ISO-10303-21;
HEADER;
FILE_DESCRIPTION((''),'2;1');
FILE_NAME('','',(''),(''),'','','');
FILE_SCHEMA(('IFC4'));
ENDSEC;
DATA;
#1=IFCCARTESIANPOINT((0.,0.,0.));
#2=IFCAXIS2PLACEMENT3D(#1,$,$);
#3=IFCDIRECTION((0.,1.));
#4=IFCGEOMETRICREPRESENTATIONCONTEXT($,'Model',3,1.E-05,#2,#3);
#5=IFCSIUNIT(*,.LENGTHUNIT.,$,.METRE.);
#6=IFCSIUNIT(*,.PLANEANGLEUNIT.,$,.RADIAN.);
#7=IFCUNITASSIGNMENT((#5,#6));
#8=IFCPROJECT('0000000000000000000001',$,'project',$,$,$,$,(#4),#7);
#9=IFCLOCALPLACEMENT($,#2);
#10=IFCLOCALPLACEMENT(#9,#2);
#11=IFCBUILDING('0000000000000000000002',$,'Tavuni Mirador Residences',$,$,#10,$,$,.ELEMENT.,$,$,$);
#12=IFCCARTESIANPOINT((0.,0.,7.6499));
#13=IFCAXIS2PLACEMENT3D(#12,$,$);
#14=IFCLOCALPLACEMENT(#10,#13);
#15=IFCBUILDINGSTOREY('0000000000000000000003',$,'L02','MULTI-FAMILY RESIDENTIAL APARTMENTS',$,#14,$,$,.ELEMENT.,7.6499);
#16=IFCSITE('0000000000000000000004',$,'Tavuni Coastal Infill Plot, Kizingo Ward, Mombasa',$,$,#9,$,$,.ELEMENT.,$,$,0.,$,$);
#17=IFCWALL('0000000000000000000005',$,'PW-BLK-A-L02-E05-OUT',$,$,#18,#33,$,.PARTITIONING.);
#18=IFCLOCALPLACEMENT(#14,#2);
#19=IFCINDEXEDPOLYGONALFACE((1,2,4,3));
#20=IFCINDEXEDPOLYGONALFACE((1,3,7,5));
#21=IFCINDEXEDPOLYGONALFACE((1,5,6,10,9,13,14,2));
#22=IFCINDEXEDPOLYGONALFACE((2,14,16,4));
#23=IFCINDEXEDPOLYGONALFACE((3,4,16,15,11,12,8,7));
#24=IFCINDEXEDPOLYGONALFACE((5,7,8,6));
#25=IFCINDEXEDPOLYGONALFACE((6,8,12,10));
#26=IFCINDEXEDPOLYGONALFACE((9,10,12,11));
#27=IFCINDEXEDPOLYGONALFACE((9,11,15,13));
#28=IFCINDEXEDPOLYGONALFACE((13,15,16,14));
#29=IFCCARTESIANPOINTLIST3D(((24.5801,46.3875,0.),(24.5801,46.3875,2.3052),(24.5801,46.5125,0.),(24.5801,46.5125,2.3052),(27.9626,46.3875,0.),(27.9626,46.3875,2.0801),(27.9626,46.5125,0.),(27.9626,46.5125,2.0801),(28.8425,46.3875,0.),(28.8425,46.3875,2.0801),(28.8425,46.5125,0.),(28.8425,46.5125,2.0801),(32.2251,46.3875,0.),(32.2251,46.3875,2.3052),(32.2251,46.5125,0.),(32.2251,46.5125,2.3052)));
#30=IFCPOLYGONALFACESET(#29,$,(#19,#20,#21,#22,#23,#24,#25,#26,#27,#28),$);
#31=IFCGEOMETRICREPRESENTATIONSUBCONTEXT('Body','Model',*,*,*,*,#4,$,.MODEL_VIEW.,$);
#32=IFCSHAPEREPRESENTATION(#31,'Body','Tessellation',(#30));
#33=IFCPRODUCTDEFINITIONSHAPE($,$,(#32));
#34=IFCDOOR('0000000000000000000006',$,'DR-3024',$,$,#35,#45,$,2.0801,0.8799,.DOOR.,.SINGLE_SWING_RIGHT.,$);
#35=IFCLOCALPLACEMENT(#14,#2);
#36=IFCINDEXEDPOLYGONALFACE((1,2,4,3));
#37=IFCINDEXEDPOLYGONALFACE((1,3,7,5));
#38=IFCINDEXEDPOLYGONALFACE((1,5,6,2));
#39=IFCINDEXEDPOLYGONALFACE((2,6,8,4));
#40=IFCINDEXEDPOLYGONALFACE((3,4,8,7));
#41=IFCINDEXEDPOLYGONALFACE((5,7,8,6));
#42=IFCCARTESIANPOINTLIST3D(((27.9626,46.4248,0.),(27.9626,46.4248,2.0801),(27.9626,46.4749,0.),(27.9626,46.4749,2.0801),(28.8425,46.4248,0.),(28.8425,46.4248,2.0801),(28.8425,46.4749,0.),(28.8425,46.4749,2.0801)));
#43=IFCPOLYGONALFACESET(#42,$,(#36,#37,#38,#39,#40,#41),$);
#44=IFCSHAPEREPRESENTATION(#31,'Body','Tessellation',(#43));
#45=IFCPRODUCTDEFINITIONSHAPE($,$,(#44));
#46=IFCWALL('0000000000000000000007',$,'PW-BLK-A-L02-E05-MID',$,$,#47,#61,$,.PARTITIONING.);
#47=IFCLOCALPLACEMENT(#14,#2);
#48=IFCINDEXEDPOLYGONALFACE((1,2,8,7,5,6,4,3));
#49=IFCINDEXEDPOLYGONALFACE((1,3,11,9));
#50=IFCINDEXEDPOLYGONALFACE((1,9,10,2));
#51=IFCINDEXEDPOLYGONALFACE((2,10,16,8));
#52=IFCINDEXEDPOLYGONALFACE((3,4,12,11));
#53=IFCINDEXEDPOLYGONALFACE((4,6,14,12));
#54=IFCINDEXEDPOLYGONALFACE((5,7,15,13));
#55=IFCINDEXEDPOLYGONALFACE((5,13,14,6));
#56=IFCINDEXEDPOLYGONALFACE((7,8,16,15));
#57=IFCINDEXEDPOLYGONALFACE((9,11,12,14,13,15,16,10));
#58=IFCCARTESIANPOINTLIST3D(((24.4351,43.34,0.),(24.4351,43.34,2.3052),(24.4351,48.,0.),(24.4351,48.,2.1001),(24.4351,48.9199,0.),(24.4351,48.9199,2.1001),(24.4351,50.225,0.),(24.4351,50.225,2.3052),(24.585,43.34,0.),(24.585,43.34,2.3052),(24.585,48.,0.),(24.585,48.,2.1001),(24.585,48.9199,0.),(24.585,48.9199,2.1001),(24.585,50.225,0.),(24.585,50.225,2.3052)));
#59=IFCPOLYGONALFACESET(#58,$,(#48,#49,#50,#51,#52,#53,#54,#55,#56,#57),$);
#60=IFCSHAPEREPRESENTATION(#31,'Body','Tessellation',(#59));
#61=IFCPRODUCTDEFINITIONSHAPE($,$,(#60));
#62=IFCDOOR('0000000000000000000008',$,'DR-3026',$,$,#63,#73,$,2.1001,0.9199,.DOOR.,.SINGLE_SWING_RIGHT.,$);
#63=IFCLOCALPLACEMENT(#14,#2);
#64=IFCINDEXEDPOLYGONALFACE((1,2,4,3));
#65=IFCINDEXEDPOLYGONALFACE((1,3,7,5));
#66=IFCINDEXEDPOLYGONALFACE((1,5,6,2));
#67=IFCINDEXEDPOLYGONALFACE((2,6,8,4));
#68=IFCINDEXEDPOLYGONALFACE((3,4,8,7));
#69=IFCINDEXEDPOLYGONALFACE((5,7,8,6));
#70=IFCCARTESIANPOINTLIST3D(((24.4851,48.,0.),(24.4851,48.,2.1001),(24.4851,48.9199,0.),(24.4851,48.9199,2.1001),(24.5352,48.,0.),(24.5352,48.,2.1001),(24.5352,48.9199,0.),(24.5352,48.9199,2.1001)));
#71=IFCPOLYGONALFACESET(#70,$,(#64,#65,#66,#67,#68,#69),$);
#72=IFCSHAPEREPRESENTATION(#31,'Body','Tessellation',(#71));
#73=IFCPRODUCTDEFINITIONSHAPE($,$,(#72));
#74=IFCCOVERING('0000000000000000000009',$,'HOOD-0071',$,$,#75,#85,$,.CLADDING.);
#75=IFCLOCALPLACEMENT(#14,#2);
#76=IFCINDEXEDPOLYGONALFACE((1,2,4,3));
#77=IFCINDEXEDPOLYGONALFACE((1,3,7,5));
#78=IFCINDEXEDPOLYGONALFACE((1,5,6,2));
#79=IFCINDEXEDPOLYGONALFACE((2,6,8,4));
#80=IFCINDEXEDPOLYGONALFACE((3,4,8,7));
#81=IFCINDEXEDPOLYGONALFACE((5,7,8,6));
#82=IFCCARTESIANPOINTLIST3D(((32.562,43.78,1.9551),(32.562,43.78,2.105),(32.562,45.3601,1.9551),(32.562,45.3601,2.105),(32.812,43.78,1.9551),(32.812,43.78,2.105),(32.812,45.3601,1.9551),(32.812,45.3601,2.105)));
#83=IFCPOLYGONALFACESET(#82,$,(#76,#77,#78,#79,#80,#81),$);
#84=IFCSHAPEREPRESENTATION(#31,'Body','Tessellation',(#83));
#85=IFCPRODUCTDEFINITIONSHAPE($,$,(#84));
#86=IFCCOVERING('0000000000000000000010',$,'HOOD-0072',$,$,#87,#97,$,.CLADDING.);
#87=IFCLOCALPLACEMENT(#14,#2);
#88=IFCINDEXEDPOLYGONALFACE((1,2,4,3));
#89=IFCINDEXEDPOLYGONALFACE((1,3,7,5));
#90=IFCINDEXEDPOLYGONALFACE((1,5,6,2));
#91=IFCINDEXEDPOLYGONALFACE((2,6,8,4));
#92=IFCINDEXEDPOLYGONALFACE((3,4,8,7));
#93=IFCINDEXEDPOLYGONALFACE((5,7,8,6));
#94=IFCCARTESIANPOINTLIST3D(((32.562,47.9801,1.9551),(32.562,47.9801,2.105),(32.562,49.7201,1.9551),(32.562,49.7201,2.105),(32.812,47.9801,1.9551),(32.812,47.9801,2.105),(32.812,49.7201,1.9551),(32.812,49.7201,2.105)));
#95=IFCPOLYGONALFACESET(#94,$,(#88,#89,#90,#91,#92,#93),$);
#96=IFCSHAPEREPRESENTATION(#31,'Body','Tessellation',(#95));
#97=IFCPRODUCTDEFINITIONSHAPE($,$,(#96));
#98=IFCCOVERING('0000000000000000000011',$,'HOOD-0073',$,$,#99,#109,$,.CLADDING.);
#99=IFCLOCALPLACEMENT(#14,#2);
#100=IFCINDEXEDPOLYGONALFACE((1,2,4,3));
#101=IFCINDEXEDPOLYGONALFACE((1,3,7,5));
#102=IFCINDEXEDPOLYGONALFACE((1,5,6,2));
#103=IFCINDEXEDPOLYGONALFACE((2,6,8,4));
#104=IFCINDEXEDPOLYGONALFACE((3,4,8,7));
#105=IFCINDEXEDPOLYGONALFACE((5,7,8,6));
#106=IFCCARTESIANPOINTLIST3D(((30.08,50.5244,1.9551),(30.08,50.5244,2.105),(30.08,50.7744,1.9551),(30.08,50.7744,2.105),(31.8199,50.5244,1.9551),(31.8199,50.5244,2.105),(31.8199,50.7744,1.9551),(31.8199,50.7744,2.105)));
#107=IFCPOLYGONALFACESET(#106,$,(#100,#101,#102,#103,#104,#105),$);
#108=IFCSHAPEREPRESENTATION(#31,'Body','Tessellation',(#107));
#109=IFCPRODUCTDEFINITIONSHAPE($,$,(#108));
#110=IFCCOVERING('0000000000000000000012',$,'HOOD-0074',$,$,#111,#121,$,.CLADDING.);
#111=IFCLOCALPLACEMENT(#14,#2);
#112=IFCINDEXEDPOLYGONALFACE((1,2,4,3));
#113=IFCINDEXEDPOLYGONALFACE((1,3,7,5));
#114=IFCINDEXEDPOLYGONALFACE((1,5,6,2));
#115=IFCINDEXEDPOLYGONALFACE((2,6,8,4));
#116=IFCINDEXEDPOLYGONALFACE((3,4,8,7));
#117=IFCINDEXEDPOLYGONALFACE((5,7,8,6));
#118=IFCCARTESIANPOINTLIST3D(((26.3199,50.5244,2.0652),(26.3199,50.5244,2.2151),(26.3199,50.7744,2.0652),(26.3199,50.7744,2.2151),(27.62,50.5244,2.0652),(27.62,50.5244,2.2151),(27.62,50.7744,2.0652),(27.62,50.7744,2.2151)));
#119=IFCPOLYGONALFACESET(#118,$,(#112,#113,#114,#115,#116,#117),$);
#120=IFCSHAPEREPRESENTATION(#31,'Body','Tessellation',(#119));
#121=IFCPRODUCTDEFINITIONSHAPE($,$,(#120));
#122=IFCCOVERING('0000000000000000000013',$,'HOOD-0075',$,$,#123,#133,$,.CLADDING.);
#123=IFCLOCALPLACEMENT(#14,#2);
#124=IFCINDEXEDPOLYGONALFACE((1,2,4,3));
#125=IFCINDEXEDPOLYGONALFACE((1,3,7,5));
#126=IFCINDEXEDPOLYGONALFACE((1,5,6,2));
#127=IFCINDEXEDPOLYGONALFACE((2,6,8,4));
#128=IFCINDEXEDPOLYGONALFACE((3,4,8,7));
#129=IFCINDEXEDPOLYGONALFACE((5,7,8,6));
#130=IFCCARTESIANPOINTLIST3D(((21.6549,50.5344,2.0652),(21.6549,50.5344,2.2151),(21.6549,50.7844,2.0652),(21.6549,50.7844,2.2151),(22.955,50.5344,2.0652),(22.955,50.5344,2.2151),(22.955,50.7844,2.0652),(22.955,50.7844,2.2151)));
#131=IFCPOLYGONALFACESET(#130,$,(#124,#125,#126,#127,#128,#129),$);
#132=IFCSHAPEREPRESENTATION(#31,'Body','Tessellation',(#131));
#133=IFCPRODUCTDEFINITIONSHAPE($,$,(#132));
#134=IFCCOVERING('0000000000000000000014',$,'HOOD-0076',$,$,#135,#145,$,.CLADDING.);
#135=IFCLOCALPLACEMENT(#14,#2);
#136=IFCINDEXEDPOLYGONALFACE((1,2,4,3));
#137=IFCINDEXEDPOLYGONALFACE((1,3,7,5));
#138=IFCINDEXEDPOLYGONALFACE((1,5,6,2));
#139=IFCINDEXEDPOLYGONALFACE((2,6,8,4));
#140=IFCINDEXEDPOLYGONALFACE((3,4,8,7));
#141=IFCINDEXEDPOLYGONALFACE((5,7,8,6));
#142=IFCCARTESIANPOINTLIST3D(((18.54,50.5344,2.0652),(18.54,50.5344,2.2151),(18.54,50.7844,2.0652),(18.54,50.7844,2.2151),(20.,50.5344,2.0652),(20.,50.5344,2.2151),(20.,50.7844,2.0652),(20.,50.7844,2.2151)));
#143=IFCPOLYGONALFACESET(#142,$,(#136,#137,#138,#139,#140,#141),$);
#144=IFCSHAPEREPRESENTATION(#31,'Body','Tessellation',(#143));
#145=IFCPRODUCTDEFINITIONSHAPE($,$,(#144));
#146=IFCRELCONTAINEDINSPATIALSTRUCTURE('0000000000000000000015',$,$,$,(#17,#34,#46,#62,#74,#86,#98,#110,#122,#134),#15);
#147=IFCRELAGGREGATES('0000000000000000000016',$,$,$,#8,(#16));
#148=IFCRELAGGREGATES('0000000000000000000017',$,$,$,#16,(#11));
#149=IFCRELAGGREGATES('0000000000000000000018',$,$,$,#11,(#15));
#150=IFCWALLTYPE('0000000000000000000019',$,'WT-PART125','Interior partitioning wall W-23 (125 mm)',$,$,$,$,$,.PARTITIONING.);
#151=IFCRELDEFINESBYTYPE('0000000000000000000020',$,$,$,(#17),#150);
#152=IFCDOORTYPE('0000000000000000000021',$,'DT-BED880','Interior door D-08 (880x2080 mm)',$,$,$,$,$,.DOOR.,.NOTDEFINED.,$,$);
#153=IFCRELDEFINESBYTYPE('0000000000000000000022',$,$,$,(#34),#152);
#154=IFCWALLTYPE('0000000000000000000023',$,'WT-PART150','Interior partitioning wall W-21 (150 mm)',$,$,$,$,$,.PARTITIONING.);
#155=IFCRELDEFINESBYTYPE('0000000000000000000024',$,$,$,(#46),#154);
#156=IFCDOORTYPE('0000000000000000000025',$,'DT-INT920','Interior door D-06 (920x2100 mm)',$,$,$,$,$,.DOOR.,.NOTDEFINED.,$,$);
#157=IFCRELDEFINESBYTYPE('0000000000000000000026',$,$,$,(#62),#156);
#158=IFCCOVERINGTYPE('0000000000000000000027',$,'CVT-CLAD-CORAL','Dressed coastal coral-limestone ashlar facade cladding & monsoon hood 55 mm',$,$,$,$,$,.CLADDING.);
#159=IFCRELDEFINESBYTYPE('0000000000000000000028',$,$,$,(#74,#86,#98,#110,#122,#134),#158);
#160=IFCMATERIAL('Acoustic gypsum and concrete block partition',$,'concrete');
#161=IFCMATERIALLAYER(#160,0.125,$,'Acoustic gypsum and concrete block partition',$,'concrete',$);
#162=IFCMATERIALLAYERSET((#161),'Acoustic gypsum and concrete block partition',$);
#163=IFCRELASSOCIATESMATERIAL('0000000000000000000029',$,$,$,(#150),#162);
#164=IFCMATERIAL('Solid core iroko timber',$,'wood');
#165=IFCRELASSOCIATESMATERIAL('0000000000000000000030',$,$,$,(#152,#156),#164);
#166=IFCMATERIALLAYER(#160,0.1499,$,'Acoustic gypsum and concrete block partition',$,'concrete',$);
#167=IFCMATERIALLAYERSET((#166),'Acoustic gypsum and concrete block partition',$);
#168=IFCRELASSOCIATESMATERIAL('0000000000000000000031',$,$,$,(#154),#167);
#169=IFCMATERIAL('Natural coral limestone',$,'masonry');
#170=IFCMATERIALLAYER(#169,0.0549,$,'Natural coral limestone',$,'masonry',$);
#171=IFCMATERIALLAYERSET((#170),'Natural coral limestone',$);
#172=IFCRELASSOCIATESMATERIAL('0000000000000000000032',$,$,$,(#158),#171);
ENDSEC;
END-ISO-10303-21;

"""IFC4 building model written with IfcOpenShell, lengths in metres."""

from ifc_helpers import new_model, si_unit, direction, frame, frame_2d, origin, origin_2d, place, context, subcontext, project, spatial, rectangle, extrude, material, layer, layer_set, type_object, element, fill, save


model = new_model("IFC4")

# Units and contexts
model_context = context("Model", 3, precision=1e-05, world=origin(), true_north=direction((0.0, 1.0)))
body_context = subcontext(model_context, "Body", "Model", "MODEL_VIEW")
ifc_project = project(units=[si_unit("LENGTHUNIT", "METRE"), si_unit("PLANEANGLEUNIT", "RADIAN")], contexts=[model_context])

# Site, building, storey
site_placement = place(None, origin())
site = spatial("IfcSite", under=ifc_project, at=site_placement, Name="Tavuni Coastal Infill Plot, Kizingo Ward, Mombasa", CompositionType="ELEMENT", RefElevation=0.0)
building_placement = place(site_placement, origin())
building = spatial("IfcBuilding", under=site, at=building_placement, Name="Tavuni Mirador Residences", CompositionType="ELEMENT")
storey_placement = place(building_placement, frame((0.0, 0.0, 7.6499)))
storey = spatial("IfcBuildingStorey", under=building, at=storey_placement, Name="L02", Description="MULTI-FAMILY RESIDENTIAL APARTMENTS", CompositionType="ELEMENT", Elevation=7.6499)

# Shared definitions
ifc_material_1 = material(Name="Solid core iroko timber", Category="wood")

# Walls, openings, doors
ifc_material_2 = material(Name="Acoustic gypsum and concrete block partition", Category="concrete")
ifc_layer_1 = layer(ifc_material_2, 0.125, Name="Acoustic gypsum and concrete block partition", Category="concrete")
ifc_layer_set_1 = layer_set([ifc_layer_1], Name="Acoustic gypsum and concrete block partition")
wall_type_1 = type_object("IfcWallType", Name="WT-PART125", Description="Interior partitioning wall W-23 (125 mm)", PredefinedType="PARTITIONING", material=ifc_layer_set_1)
wall_1_placement = place(storey_placement, frame((24.5801, 46.45, 0.0), z_axis=(0.0, 0.0, 1.0), x_axis=(1.0, 0.0, 0.0)))
wall_1 = element("IfcWall", 1, at=wall_1_placement, inside=storey, type_object=wall_type_1, Name="PW-BLK-A-L02-E05-OUT", PredefinedType="PARTITIONING", context=body_context, shape_type="SweptSolid", body=[
    extrude(rectangle(XDim=7.645, YDim=0.125, at=frame_2d((3.8225, 0.0))), origin(), (0.0, 0.0, 1.0), 2.3052),
])
opening_1_placement = place(wall_1_placement, frame((3.3826, 0.0, 0.0)))
opening_1 = element("IfcOpeningElement", 2, at=opening_1_placement, cuts=wall_1, PredefinedType="OPENING", context=body_context, shape_type="SweptSolid", body=[
    extrude(rectangle(XDim=0.8799, YDim=2.0801, at=frame_2d((0.4399, 1.04))), frame((0.0, 0.0725, 0.0), z_axis=(0.0, -1.0, 0.0), x_axis=(1.0, 0.0, 0.0)), (0.0, 0.0, 1.0), 0.145),
])
door_type_1 = type_object("IfcDoorType", Name="DT-BED880", Description="Interior door D-08 (880x2080 mm)", OperationType="NOTDEFINED", PredefinedType="DOOR", material=ifc_material_1)
door_1_placement = place(opening_1_placement, origin())
door_1 = element("IfcDoor", 3, at=door_1_placement, inside=storey, type_object=door_type_1, Name="DR-3024", OperationType="SINGLE_SWING_RIGHT", OverallHeight=2.0801, OverallWidth=0.8799, PredefinedType="DOOR", context=body_context, shape_type="SweptSolid", body=[
    extrude(rectangle(XDim=0.8799, YDim=2.0801, at=frame_2d((0.4399, 1.04))), frame((0.0, 0.0249, 0.0), z_axis=(0.0, -1.0, 0.0), x_axis=(1.0, 0.0, 0.0)), (0.0, 0.0, 1.0), 0.05),
])
fill(opening_1, door_1)
ifc_layer_2 = layer(ifc_material_2, 0.1499, Name="Acoustic gypsum and concrete block partition", Category="concrete")
ifc_layer_set_2 = layer_set([ifc_layer_2], Name="Acoustic gypsum and concrete block partition")
wall_type_2 = type_object("IfcWallType", Name="WT-PART150", Description="Interior partitioning wall W-21 (150 mm)", PredefinedType="PARTITIONING", material=ifc_layer_set_2)
wall_2_placement = place(storey_placement, frame((24.51, 43.3401, 0.0), z_axis=(0.0, 0.0, 1.0), x_axis=(0.0, 1.0, 0.0)))
wall_2 = element("IfcWall", 4, at=wall_2_placement, inside=storey, type_object=wall_type_2, Name="PW-BLK-A-L02-E05-MID", PredefinedType="PARTITIONING", context=body_context, shape_type="SweptSolid", body=[
    extrude(rectangle(XDim=6.885, YDim=0.1499, at=frame_2d((3.4424, 0.0))), origin(), (0.0, 0.0, 1.0), 2.3052),
])
opening_2_placement = place(wall_2_placement, frame((4.6599, 0.0, 0.0)))
opening_2 = element("IfcOpeningElement", 5, at=opening_2_placement, cuts=wall_2, PredefinedType="OPENING", context=body_context, shape_type="SweptSolid", body=[
    extrude(rectangle(XDim=0.9199, YDim=2.1001, at=frame_2d((0.46, 1.05))), frame((0.0, 0.085, 0.0), z_axis=(0.0, -1.0, 0.0), x_axis=(1.0, 0.0, 0.0)), (0.0, 0.0, 1.0), 0.1699),
])
door_type_2 = type_object("IfcDoorType", Name="DT-INT920", Description="Interior door D-06 (920x2100 mm)", OperationType="NOTDEFINED", PredefinedType="DOOR", material=ifc_material_1)
door_2_placement = place(opening_2_placement, origin())
door_2 = element("IfcDoor", 6, at=door_2_placement, inside=storey, type_object=door_type_2, Name="DR-3026", OperationType="SINGLE_SWING_RIGHT", OverallHeight=2.1001, OverallWidth=0.9199, PredefinedType="DOOR", context=body_context, shape_type="SweptSolid", body=[
    extrude(rectangle(XDim=0.9199, YDim=2.1001, at=frame_2d((0.46, 1.05))), frame((0.0, 0.0249, 0.0), z_axis=(0.0, -1.0, 0.0), x_axis=(1.0, 0.0, 0.0)), (0.0, 0.0, 1.0), 0.05),
])
fill(opening_2, door_2)

# Coverings
ifc_material_3 = material(Name="Natural coral limestone", Category="masonry")
ifc_layer_3 = layer(ifc_material_3, 0.0549, Name="Natural coral limestone", Category="masonry")
ifc_layer_set_3 = layer_set([ifc_layer_3], Name="Natural coral limestone")
covering_type = type_object("IfcCoveringType", Name="CVT-CLAD-CORAL", Description="Dressed coastal coral-limestone ashlar facade cladding & monsoon hood 55 mm", PredefinedType="CLADDING", material=ifc_layer_set_3)
covering_1_placement = place(storey_placement, frame((32.687, 44.5701, 1.9551), z_axis=(0.0, 0.0, 1.0), x_axis=(0.0, 1.0, 0.0)))
element("IfcCovering", 7, at=covering_1_placement, inside=storey, type_object=covering_type, Name="HOOD-0071", PredefinedType="CLADDING", context=body_context, shape_type="SweptSolid", body=[
    extrude(rectangle(XDim=1.5801, YDim=0.25, at=origin_2d()), origin(), (0.0, 0.0, 1.0), 0.1499),
])
for number, where, z_axis, x_axis, name in (
    (8, (32.687, 48.8501, 1.9551), (0.0, 0.0, 1.0), (0.0, 1.0, 0.0), "HOOD-0072"),
    (9, (30.95, 50.6494, 1.9551), (0.0, 0.0, 1.0), (-1.0, 0.0, 0.0), "HOOD-0073"),
):
    element("IfcCovering", number, at=place(storey_placement, frame(where, z_axis=z_axis, x_axis=x_axis)), inside=storey, type_object=covering_type, Name=name, PredefinedType="CLADDING", context=body_context, shape_type="SweptSolid", body=[
        extrude(rectangle(XDim=1.74, YDim=0.25, at=origin_2d()), origin(), (0.0, 0.0, 1.0), 0.1499),
    ])
for number, where, z_axis, x_axis, name in (
    (10, (26.97, 50.6494, 2.0652), (0.0, 0.0, 1.0), (-1.0, 0.0, 0.0), "HOOD-0074"),
    (11, (22.3049, 50.6594, 2.0652), (0.0, 0.0, 1.0), (-1.0, 0.0, 0.0), "HOOD-0075"),
):
    element("IfcCovering", number, at=place(storey_placement, frame(where, z_axis=z_axis, x_axis=x_axis)), inside=storey, type_object=covering_type, Name=name, PredefinedType="CLADDING", context=body_context, shape_type="SweptSolid", body=[
        extrude(rectangle(XDim=1.3, YDim=0.25, at=origin_2d()), origin(), (0.0, 0.0, 1.0), 0.1499),
    ])
covering_2_placement = place(storey_placement, frame((19.27, 50.6594, 2.0652), z_axis=(0.0, 0.0, 1.0), x_axis=(-1.0, 0.0, 0.0)))
element("IfcCovering", 12, at=covering_2_placement, inside=storey, type_object=covering_type, Name="HOOD-0076", PredefinedType="CLADDING", context=body_context, shape_type="SweptSolid", body=[
    extrude(rectangle(XDim=1.46, YDim=0.25, at=origin_2d()), origin(), (0.0, 0.0, 1.0), 0.1499),
])

save(model, "model.ifc")
